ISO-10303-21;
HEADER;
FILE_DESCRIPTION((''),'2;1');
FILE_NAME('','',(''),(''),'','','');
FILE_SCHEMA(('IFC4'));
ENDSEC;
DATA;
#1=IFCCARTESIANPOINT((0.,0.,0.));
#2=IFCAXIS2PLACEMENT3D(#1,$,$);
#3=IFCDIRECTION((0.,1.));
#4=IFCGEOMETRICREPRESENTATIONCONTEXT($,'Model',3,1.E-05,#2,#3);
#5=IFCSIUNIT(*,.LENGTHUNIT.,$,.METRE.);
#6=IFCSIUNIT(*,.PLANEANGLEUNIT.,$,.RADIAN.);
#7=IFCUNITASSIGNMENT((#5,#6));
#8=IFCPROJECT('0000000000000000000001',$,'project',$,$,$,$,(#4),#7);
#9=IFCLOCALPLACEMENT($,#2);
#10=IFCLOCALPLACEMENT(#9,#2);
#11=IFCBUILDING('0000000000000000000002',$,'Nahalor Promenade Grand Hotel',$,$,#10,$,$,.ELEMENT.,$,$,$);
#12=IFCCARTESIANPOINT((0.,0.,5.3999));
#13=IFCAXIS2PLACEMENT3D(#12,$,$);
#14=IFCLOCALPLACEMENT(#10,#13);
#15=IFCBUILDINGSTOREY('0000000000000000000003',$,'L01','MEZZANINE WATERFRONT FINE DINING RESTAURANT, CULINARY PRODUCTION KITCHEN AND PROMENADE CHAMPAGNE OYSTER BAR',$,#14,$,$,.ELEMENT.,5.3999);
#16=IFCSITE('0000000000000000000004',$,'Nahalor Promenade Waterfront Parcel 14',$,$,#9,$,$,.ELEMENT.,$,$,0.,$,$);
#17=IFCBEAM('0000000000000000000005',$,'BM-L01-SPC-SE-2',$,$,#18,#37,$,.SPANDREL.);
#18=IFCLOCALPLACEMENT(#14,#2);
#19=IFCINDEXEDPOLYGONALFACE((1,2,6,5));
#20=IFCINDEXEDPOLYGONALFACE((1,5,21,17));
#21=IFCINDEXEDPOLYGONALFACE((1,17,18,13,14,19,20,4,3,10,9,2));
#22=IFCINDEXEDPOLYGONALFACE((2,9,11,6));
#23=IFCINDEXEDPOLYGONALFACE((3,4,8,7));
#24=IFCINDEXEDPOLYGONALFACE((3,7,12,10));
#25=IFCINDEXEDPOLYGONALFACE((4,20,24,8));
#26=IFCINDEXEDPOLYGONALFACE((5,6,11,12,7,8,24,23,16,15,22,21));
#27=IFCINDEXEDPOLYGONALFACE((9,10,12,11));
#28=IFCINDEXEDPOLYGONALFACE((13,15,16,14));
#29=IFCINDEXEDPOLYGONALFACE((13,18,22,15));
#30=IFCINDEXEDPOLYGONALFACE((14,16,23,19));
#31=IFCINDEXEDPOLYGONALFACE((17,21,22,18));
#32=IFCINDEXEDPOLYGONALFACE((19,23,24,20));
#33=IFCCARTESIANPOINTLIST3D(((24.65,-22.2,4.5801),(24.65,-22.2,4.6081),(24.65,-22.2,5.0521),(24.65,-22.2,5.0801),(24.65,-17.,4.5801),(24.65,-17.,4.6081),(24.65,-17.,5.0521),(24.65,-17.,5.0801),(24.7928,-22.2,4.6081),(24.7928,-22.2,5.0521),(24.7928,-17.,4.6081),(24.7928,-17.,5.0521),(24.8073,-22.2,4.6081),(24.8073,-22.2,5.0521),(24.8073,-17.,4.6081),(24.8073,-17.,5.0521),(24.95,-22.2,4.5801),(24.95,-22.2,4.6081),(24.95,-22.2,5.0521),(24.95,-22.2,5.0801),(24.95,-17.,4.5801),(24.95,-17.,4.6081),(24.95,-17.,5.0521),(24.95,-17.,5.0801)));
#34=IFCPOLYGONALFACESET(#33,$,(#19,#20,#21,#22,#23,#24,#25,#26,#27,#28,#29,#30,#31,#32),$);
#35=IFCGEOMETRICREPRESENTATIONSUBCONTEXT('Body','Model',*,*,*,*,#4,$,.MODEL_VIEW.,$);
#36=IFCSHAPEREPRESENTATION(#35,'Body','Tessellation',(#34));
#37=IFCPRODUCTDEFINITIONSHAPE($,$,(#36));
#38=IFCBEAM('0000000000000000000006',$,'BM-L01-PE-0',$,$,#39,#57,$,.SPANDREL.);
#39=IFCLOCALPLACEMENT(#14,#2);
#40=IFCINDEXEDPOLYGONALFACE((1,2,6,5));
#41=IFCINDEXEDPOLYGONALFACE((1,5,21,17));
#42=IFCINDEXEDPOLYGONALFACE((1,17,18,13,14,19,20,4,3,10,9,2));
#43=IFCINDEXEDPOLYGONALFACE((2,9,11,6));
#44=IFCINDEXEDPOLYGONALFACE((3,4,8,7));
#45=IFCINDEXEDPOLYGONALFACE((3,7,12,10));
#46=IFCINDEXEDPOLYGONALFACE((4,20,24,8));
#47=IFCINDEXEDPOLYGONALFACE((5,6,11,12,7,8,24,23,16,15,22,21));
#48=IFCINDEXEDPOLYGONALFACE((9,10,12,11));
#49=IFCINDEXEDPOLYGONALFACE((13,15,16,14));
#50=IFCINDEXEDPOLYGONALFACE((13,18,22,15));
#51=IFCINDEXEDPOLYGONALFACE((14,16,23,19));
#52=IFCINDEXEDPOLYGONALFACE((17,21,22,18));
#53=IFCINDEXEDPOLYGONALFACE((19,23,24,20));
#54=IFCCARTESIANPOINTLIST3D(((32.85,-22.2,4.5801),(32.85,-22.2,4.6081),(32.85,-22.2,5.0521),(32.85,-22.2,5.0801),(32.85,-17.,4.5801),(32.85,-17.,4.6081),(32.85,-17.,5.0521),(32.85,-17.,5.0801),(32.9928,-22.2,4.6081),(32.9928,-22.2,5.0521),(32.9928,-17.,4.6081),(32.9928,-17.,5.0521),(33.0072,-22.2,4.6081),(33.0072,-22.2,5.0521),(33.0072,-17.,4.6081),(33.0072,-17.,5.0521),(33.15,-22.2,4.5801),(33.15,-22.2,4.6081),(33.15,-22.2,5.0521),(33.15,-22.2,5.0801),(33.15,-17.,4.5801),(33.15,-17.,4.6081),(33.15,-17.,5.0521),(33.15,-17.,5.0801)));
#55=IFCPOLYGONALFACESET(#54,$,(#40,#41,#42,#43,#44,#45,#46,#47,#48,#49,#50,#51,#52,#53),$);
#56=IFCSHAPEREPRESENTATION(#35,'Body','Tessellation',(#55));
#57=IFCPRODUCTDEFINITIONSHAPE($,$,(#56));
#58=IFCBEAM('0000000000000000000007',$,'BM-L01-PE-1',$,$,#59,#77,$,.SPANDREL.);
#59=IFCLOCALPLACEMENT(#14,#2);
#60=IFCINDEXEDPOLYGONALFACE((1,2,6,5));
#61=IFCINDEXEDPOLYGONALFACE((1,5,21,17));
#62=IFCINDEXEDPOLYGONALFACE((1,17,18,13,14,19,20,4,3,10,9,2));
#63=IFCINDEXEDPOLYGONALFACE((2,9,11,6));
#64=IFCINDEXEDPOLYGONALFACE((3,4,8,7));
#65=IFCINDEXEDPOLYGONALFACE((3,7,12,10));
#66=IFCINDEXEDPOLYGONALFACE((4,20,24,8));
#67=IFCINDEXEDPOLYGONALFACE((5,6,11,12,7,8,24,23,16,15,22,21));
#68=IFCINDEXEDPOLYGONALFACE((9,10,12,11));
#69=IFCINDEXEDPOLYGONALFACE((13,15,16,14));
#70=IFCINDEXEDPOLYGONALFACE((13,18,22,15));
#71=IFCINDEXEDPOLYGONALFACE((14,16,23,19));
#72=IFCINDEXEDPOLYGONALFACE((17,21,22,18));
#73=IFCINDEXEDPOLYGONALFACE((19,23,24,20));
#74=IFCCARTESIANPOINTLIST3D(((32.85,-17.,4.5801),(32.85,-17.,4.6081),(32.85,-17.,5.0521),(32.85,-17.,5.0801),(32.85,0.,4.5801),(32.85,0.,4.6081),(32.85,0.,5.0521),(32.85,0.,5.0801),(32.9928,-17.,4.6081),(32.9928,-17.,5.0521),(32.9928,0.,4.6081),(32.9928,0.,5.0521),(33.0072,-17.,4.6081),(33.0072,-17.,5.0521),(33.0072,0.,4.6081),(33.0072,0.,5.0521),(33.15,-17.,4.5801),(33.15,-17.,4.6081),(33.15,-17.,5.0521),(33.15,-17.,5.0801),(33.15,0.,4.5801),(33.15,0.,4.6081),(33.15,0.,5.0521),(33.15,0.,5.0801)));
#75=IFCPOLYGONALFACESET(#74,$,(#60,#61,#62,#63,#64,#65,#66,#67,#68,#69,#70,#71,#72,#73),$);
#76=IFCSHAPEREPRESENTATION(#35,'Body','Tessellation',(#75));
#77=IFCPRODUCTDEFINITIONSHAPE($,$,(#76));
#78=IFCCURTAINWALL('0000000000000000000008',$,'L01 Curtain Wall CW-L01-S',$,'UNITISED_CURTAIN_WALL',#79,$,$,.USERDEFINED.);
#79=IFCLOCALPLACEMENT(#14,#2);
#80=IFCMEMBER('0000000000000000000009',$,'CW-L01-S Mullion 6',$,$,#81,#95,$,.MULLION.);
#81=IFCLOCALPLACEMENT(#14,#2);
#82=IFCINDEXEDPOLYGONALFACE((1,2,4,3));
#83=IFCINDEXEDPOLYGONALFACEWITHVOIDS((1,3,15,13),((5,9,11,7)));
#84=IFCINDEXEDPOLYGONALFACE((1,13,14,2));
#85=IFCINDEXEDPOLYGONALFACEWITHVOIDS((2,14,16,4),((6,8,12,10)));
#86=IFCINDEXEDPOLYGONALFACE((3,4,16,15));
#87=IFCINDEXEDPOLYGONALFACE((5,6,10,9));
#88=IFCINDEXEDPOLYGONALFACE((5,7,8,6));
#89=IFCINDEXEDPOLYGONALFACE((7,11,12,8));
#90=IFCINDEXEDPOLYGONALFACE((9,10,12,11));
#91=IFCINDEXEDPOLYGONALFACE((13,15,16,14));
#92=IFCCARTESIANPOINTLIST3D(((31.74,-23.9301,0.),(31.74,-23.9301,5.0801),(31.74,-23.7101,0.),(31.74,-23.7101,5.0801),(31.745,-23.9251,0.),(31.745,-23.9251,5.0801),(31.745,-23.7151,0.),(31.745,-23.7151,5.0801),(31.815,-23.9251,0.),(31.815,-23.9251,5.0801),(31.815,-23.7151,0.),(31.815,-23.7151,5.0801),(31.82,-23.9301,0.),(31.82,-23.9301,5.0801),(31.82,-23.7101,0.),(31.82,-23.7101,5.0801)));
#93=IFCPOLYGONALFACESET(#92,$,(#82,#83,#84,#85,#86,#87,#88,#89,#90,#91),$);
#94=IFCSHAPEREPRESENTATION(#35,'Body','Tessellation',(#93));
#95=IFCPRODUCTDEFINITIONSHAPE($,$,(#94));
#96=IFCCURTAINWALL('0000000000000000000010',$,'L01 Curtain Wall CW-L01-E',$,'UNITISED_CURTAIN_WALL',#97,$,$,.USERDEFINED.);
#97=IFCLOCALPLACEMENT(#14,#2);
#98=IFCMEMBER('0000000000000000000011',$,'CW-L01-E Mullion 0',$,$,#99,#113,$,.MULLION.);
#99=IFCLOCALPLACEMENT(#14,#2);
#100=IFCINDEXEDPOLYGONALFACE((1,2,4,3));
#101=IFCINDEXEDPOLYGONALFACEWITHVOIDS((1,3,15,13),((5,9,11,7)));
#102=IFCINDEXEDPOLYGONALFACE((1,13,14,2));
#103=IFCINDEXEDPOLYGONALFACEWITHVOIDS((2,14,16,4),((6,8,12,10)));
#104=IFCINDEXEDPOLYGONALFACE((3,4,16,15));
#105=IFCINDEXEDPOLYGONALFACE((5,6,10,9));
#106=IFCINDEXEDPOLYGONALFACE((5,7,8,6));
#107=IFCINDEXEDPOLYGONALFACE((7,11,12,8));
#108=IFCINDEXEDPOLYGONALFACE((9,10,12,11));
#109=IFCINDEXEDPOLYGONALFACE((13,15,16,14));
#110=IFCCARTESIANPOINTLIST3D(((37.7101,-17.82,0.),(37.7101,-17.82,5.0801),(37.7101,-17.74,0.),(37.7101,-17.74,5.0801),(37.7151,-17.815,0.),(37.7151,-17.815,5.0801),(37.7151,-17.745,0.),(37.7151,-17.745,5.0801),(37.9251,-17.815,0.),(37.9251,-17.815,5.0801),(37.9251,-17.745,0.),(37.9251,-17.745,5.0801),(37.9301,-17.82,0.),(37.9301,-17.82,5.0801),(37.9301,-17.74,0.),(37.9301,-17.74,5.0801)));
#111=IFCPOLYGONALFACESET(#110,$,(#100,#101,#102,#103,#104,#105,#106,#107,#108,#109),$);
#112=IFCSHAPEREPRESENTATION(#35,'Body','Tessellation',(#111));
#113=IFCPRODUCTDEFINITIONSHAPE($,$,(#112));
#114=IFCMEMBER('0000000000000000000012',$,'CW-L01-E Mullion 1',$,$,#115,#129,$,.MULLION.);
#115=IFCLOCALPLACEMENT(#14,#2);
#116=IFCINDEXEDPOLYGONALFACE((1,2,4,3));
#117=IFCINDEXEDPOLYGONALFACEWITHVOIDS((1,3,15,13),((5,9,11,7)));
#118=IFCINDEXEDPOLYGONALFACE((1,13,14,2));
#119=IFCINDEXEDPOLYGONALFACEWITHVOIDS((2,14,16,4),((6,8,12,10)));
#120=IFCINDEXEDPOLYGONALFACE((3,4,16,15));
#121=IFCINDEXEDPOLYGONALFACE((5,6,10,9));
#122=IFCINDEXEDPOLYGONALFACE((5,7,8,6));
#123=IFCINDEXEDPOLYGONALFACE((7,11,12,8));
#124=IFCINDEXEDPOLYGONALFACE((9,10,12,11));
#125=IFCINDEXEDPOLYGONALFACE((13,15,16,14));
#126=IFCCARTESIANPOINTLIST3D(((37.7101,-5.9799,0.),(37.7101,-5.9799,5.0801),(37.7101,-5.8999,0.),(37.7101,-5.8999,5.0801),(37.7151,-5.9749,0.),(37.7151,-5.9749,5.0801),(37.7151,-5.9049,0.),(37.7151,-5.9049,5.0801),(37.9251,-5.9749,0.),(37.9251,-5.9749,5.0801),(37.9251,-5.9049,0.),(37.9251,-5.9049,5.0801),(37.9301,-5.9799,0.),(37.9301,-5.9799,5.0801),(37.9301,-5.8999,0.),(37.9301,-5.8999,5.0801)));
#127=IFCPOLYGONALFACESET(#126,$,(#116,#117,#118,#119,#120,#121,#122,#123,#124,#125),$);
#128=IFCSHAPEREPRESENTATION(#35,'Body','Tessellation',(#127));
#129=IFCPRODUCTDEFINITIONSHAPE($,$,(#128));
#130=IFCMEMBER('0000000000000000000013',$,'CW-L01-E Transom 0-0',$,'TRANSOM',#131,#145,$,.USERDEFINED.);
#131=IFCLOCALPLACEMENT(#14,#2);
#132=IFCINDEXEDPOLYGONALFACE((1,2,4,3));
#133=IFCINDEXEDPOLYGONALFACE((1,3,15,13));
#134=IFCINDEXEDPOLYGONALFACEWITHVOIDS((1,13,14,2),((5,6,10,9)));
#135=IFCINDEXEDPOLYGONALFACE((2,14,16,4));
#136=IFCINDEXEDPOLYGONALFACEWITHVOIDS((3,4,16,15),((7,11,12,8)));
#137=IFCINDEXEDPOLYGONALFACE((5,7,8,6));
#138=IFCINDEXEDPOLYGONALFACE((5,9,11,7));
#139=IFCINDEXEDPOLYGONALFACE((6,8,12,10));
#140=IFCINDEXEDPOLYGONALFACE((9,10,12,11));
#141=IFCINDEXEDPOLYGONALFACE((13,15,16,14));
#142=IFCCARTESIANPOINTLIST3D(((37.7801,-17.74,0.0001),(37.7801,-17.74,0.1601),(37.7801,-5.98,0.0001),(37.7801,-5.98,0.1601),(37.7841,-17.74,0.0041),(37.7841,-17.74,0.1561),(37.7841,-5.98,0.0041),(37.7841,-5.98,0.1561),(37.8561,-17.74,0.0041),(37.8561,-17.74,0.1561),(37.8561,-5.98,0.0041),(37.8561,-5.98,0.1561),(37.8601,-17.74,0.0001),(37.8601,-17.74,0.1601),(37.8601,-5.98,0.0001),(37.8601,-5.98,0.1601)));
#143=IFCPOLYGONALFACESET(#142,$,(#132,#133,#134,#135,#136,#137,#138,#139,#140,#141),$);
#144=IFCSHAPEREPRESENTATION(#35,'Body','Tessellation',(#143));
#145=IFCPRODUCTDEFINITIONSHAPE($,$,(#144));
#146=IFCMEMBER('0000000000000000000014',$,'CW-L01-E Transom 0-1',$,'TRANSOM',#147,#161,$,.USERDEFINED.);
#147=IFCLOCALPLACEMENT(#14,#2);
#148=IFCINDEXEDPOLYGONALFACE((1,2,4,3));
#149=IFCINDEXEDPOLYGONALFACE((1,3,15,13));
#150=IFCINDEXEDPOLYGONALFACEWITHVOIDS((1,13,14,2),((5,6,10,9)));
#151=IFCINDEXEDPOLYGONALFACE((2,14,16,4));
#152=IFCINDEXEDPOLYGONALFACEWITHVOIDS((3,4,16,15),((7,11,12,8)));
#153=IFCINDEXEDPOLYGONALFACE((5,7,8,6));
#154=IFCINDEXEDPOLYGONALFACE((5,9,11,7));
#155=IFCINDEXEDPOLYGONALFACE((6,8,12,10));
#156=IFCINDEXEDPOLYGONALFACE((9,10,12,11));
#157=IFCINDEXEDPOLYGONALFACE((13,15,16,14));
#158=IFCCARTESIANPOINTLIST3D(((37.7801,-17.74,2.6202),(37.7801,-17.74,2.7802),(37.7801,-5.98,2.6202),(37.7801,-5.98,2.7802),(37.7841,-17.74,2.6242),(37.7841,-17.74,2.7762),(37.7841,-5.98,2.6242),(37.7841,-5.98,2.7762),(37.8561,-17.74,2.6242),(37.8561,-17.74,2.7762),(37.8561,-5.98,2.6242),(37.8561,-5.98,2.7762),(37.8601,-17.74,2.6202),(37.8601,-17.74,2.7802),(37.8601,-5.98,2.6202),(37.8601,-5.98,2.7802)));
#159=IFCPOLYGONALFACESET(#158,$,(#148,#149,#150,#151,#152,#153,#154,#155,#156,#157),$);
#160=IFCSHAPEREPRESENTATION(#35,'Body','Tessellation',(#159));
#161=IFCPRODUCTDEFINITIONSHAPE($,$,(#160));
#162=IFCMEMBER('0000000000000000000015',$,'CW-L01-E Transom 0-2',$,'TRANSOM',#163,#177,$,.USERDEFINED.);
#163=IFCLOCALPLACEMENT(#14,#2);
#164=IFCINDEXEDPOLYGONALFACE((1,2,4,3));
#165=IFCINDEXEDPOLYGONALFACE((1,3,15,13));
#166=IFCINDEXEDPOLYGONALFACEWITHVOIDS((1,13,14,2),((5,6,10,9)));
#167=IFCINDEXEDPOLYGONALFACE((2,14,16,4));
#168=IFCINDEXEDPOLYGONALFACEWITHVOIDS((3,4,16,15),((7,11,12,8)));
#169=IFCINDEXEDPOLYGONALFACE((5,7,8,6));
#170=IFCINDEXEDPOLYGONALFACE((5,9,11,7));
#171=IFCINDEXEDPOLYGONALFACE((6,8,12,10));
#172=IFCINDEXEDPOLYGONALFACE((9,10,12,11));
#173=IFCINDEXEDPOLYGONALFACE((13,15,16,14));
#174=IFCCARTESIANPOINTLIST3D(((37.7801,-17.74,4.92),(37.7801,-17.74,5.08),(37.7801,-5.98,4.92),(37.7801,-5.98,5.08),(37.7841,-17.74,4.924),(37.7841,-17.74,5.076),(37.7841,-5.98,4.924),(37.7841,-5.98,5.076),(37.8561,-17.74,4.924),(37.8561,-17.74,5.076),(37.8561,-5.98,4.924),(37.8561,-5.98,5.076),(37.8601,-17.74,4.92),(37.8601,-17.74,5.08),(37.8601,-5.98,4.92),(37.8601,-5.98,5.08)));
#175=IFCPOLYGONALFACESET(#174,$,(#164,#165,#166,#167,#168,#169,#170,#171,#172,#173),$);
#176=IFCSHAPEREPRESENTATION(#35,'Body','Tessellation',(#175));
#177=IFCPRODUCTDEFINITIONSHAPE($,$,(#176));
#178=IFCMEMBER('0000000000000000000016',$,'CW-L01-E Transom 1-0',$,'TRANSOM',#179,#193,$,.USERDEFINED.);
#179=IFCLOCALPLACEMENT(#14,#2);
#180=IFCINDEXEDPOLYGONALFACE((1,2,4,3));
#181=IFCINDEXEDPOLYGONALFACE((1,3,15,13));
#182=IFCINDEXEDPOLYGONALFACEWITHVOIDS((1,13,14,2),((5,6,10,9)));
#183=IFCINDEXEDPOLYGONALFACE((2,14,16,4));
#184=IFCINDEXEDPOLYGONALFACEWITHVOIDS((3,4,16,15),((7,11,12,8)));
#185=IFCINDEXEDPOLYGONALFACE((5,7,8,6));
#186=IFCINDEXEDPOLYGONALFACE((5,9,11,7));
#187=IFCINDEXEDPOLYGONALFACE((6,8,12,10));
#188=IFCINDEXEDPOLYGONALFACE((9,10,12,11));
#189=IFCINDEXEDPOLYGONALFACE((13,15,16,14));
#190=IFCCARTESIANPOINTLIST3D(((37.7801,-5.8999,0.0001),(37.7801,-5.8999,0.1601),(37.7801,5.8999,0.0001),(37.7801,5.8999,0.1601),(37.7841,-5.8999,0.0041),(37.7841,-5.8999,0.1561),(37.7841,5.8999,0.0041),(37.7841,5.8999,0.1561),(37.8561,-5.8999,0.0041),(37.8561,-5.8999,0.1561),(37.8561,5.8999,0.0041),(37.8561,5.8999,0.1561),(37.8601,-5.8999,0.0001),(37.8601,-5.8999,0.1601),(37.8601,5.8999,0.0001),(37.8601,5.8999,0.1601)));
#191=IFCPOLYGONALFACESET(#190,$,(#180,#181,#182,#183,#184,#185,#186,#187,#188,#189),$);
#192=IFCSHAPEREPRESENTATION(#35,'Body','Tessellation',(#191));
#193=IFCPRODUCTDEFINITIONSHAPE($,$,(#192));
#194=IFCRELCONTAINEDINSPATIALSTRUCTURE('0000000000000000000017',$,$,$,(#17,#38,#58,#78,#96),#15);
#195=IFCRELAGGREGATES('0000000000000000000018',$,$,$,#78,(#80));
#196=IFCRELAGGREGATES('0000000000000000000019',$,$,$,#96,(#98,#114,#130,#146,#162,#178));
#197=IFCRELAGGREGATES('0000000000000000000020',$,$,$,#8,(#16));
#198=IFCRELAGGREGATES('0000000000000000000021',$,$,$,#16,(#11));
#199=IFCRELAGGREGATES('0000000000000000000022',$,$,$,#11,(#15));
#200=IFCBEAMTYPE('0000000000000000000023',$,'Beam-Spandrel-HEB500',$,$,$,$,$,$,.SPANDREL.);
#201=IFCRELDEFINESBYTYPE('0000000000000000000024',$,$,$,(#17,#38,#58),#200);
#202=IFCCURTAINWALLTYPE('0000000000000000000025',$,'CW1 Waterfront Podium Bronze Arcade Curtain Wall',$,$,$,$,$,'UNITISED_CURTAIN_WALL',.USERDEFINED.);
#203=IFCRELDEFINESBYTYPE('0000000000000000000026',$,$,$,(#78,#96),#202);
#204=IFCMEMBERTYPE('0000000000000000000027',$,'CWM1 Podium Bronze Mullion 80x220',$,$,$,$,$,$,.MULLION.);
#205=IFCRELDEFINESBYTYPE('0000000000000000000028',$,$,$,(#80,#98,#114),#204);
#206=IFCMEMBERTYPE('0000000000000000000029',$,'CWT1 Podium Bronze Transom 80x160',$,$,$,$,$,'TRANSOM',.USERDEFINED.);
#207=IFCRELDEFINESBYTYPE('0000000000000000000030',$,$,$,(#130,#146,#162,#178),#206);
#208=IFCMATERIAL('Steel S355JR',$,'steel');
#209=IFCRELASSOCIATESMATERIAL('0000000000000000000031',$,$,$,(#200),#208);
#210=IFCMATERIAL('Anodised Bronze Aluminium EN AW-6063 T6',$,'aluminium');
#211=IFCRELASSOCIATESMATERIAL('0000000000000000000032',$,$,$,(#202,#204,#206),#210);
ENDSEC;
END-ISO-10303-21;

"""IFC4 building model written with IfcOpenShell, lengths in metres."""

from ifc_helpers import new_model, si_unit, direction, frame, origin, origin_2d, place, context, subcontext, project, spatial, hollow_rectangle, i_section, extrude, source, transform, mapped, material, material_profile, profile_set, type_object, element, aggregate, save


model = new_model("IFC4")

# Units and contexts
model_context = context("Model", 3, precision=1e-05, world=origin(), true_north=direction((0.0, 1.0)))
body_context = subcontext(model_context, "Body", "Model", "MODEL_VIEW")
ifc_project = project(units=[si_unit("LENGTHUNIT", "METRE"), si_unit("PLANEANGLEUNIT", "RADIAN")], contexts=[model_context])

# Site, building, storey
site_placement = place(None, origin())
site = spatial("IfcSite", under=ifc_project, at=site_placement, Name="Nahalor Promenade Waterfront Parcel 14", CompositionType="ELEMENT", RefElevation=0.0)
building_placement = place(site_placement, origin())
building = spatial("IfcBuilding", under=site, at=building_placement, Name="Nahalor Promenade Grand Hotel", CompositionType="ELEMENT")
storey_placement = place(building_placement, frame((0.0, 0.0, 5.3999)))
storey = spatial("IfcBuildingStorey", under=building, at=storey_placement, Name="L01", Description="MEZZANINE WATERFRONT FINE DINING RESTAURANT, CULINARY PRODUCTION KITCHEN AND PROMENADE CHAMPAGNE OYSTER BAR", CompositionType="ELEMENT", Elevation=5.3999)

# Beams
ifc_material_1 = material(Name="Steel S355JR", Category="steel")
ifc_material_profile_1 = material_profile(ifc_material_1, i_section(OverallWidth=0.3, OverallDepth=0.5, WebThickness=0.0145, FlangeThickness=0.028, at=origin_2d()), Name="HEB 500")
ifc_profile_set_1 = profile_set([ifc_material_profile_1], Name="Steel S355JR")
beam_type_1 = type_object("IfcBeamType", Name="Beam-Spandrel-HEB500", PredefinedType="SPANDREL", material=ifc_profile_set_1)
shared_shape_1 = source(origin(), body_context, "Body", "SweptSolid", [
    extrude(i_section(OverallWidth=0.3, OverallDepth=0.5, WebThickness=0.0145, FlangeThickness=0.028, at=origin_2d()), origin(), (0.0, 0.0, 1.0), 5.2),
])
for number, where, z_axis, x_axis, name in (
    (1, (24.8, -22.2, 4.8301), (0.0, 1.0, 0.0), (-1.0, 0.0, 0.0), "BM-L01-SPC-SE-2"),
    (2, (33.0, -22.2, 4.8301), (0.0, 1.0, 0.0), (-1.0, 0.0, 0.0), "BM-L01-PE-0"),
):
    element("IfcBeam", number, at=place(storey_placement, frame(where, z_axis=z_axis, x_axis=x_axis)), inside=storey, type_object=beam_type_1, Name=name, PredefinedType="SPANDREL", context=body_context, shape_type="MappedRepresentation", body=[
        mapped(shared_shape_1, transform((0.0, 0.0, 0.0), scale=1.0)),
    ])
shared_shape_2 = source(origin(), body_context, "Body", "SweptSolid", [
    extrude(i_section(OverallWidth=0.3, OverallDepth=0.5, WebThickness=0.0145, FlangeThickness=0.028, at=origin_2d()), origin(), (0.0, 0.0, 1.0), 17.0),
])
beam_1_placement = place(storey_placement, frame((33.0, -17.0, 4.8301), z_axis=(0.0, 1.0, 0.0), x_axis=(-1.0, 0.0, 0.0)))
element("IfcBeam", 3, at=beam_1_placement, inside=storey, type_object=beam_type_1, Name="BM-L01-PE-1", PredefinedType="SPANDREL", context=body_context, shape_type="MappedRepresentation", body=[
    mapped(shared_shape_2, transform((0.0, 0.0, 0.0), scale=1.0)),
])

# Curtain wall, member
ifc_material_2 = material(Name="Anodised Bronze Aluminium EN AW-6063 T6", Category="aluminium")
curtain_wall_type = type_object("IfcCurtainWallType", Name="CW1 Waterfront Podium Bronze Arcade Curtain Wall", ElementType="UNITISED_CURTAIN_WALL", PredefinedType="USERDEFINED", material=ifc_material_2)
curtain_wall_1_placement = place(storey_placement, origin())
curtain_wall_1 = element("IfcCurtainWall", 4, at=curtain_wall_1_placement, inside=storey, type_object=curtain_wall_type, Name="L01 Curtain Wall CW-L01-S", ObjectType="UNITISED_CURTAIN_WALL", PredefinedType="USERDEFINED")
ifc_material_profile_2 = material_profile(ifc_material_2, hollow_rectangle(XDim=0.08, YDim=0.22, WallThickness=0.005, at=origin_2d()), Name="CWM 80x220x5")
ifc_profile_set_2 = profile_set([ifc_material_profile_2], Name="Anodised Bronze Aluminium EN AW-6063 T6")
member_type_1 = type_object("IfcMemberType", Name="CWM1 Podium Bronze Mullion 80x220", PredefinedType="MULLION", material=ifc_profile_set_2)
shared_shape_3 = source(origin(), body_context, "Body", "SweptSolid", [
    extrude(hollow_rectangle(XDim=0.08, YDim=0.22, WallThickness=0.005, at=origin_2d()), origin(), (0.0, 0.0, 1.0), 5.0801),
])
member_1_placement = place(storey_placement, frame((31.78, -23.8201, 0.0), z_axis=(0.0, 0.0, 1.0), x_axis=(1.0, 0.0, 0.0)))
member_1 = element("IfcMember", 5, at=member_1_placement, type_object=member_type_1, Name="CW-L01-S Mullion 6", PredefinedType="MULLION", context=body_context, shape_type="MappedRepresentation", body=[
    mapped(shared_shape_3, transform((0.0, 0.0, 0.0), scale=1.0)),
])

# Curtain wall, members
curtain_wall_2_placement = place(storey_placement, origin())
curtain_wall_2 = element("IfcCurtainWall", 6, at=curtain_wall_2_placement, inside=storey, type_object=curtain_wall_type, Name="L01 Curtain Wall CW-L01-E", ObjectType="UNITISED_CURTAIN_WALL", PredefinedType="USERDEFINED")
member_2_placement = place(storey_placement, frame((37.8201, -17.78, 0.0), z_axis=(0.0, 0.0, 1.0), x_axis=(0.0, 1.0, 0.0)))
member_2 = element("IfcMember", 7, at=member_2_placement, type_object=member_type_1, Name="CW-L01-E Mullion 0", PredefinedType="MULLION", context=body_context, shape_type="MappedRepresentation", body=[
    mapped(shared_shape_3, transform((0.0, 0.0, 0.0), scale=1.0)),
])
member_3_placement = place(storey_placement, frame((37.8201, -5.9399, 0.0), z_axis=(0.0, 0.0, 1.0), x_axis=(0.0, 1.0, 0.0)))
member_3 = element("IfcMember", 8, at=member_3_placement, type_object=member_type_1, Name="CW-L01-E Mullion 1", PredefinedType="MULLION", context=body_context, shape_type="MappedRepresentation", body=[
    mapped(shared_shape_3, transform((0.0, 0.0, 0.0), scale=1.0)),
])
ifc_material_profile_3 = material_profile(ifc_material_2, hollow_rectangle(XDim=0.08, YDim=0.16, WallThickness=0.004, at=origin_2d()), Name="CWT 80x160x4")
ifc_profile_set_3 = profile_set([ifc_material_profile_3], Name="Anodised Bronze Aluminium EN AW-6063 T6")
member_type_2 = type_object("IfcMemberType", Name="CWT1 Podium Bronze Transom 80x160", ElementType="TRANSOM", PredefinedType="USERDEFINED", material=ifc_profile_set_3)
shared_shape_4 = source(origin(), body_context, "Body", "SweptSolid", [
    extrude(hollow_rectangle(XDim=0.08, YDim=0.16, WallThickness=0.004, at=origin_2d()), origin(), (0.0, 0.0, 1.0), 11.76),
])
member_4_placement = place(storey_placement, frame((37.8201, -17.74, 0.0801), z_axis=(0.0, 1.0, 0.0), x_axis=(-1.0, 0.0, 0.0)))
member_4 = element("IfcMember", 9, at=member_4_placement, type_object=member_type_2, Name="CW-L01-E Transom 0-0", ObjectType="TRANSOM", PredefinedType="USERDEFINED", context=body_context, shape_type="MappedRepresentation", body=[
    mapped(shared_shape_4, transform((0.0, 0.0, 0.0), scale=1.0)),
])
member_5_placement = place(storey_placement, frame((37.8201, -17.74, 2.7002), z_axis=(0.0, 1.0, 0.0), x_axis=(-1.0, 0.0, 0.0)))
member_5 = element("IfcMember", 10, at=member_5_placement, type_object=member_type_2, Name="CW-L01-E Transom 0-1", ObjectType="TRANSOM", PredefinedType="USERDEFINED", context=body_context, shape_type="MappedRepresentation", body=[
    mapped(shared_shape_4, transform((0.0, 0.0, 0.0), scale=1.0)),
])
member_6_placement = place(storey_placement, frame((37.8201, -17.74, 5.0), z_axis=(0.0, 1.0, 0.0), x_axis=(-1.0, 0.0, 0.0)))
member_6 = element("IfcMember", 11, at=member_6_placement, type_object=member_type_2, Name="CW-L01-E Transom 0-2", ObjectType="TRANSOM", PredefinedType="USERDEFINED", context=body_context, shape_type="MappedRepresentation", body=[
    mapped(shared_shape_4, transform((0.0, 0.0, 0.0), scale=1.0)),
])
shared_shape_5 = source(origin(), body_context, "Body", "SweptSolid", [
    extrude(hollow_rectangle(XDim=0.08, YDim=0.16, WallThickness=0.004, at=origin_2d()), origin(), (0.0, 0.0, 1.0), 11.7998),
])
member_7_placement = place(storey_placement, frame((37.8201, -5.8999, 0.0801), z_axis=(0.0, 1.0, 0.0), x_axis=(-1.0, 0.0, 0.0)))
member_7 = element("IfcMember", 12, at=member_7_placement, type_object=member_type_2, Name="CW-L01-E Transom 1-0", ObjectType="TRANSOM", PredefinedType="USERDEFINED", context=body_context, shape_type="MappedRepresentation", body=[
    mapped(shared_shape_5, transform((0.0, 0.0, 0.0), scale=1.0)),
])

aggregate(curtain_wall_1, [member_1])
aggregate(curtain_wall_2, [member_2, member_3, member_4, member_5, member_6, member_7])

save(model, "model.ifc")
